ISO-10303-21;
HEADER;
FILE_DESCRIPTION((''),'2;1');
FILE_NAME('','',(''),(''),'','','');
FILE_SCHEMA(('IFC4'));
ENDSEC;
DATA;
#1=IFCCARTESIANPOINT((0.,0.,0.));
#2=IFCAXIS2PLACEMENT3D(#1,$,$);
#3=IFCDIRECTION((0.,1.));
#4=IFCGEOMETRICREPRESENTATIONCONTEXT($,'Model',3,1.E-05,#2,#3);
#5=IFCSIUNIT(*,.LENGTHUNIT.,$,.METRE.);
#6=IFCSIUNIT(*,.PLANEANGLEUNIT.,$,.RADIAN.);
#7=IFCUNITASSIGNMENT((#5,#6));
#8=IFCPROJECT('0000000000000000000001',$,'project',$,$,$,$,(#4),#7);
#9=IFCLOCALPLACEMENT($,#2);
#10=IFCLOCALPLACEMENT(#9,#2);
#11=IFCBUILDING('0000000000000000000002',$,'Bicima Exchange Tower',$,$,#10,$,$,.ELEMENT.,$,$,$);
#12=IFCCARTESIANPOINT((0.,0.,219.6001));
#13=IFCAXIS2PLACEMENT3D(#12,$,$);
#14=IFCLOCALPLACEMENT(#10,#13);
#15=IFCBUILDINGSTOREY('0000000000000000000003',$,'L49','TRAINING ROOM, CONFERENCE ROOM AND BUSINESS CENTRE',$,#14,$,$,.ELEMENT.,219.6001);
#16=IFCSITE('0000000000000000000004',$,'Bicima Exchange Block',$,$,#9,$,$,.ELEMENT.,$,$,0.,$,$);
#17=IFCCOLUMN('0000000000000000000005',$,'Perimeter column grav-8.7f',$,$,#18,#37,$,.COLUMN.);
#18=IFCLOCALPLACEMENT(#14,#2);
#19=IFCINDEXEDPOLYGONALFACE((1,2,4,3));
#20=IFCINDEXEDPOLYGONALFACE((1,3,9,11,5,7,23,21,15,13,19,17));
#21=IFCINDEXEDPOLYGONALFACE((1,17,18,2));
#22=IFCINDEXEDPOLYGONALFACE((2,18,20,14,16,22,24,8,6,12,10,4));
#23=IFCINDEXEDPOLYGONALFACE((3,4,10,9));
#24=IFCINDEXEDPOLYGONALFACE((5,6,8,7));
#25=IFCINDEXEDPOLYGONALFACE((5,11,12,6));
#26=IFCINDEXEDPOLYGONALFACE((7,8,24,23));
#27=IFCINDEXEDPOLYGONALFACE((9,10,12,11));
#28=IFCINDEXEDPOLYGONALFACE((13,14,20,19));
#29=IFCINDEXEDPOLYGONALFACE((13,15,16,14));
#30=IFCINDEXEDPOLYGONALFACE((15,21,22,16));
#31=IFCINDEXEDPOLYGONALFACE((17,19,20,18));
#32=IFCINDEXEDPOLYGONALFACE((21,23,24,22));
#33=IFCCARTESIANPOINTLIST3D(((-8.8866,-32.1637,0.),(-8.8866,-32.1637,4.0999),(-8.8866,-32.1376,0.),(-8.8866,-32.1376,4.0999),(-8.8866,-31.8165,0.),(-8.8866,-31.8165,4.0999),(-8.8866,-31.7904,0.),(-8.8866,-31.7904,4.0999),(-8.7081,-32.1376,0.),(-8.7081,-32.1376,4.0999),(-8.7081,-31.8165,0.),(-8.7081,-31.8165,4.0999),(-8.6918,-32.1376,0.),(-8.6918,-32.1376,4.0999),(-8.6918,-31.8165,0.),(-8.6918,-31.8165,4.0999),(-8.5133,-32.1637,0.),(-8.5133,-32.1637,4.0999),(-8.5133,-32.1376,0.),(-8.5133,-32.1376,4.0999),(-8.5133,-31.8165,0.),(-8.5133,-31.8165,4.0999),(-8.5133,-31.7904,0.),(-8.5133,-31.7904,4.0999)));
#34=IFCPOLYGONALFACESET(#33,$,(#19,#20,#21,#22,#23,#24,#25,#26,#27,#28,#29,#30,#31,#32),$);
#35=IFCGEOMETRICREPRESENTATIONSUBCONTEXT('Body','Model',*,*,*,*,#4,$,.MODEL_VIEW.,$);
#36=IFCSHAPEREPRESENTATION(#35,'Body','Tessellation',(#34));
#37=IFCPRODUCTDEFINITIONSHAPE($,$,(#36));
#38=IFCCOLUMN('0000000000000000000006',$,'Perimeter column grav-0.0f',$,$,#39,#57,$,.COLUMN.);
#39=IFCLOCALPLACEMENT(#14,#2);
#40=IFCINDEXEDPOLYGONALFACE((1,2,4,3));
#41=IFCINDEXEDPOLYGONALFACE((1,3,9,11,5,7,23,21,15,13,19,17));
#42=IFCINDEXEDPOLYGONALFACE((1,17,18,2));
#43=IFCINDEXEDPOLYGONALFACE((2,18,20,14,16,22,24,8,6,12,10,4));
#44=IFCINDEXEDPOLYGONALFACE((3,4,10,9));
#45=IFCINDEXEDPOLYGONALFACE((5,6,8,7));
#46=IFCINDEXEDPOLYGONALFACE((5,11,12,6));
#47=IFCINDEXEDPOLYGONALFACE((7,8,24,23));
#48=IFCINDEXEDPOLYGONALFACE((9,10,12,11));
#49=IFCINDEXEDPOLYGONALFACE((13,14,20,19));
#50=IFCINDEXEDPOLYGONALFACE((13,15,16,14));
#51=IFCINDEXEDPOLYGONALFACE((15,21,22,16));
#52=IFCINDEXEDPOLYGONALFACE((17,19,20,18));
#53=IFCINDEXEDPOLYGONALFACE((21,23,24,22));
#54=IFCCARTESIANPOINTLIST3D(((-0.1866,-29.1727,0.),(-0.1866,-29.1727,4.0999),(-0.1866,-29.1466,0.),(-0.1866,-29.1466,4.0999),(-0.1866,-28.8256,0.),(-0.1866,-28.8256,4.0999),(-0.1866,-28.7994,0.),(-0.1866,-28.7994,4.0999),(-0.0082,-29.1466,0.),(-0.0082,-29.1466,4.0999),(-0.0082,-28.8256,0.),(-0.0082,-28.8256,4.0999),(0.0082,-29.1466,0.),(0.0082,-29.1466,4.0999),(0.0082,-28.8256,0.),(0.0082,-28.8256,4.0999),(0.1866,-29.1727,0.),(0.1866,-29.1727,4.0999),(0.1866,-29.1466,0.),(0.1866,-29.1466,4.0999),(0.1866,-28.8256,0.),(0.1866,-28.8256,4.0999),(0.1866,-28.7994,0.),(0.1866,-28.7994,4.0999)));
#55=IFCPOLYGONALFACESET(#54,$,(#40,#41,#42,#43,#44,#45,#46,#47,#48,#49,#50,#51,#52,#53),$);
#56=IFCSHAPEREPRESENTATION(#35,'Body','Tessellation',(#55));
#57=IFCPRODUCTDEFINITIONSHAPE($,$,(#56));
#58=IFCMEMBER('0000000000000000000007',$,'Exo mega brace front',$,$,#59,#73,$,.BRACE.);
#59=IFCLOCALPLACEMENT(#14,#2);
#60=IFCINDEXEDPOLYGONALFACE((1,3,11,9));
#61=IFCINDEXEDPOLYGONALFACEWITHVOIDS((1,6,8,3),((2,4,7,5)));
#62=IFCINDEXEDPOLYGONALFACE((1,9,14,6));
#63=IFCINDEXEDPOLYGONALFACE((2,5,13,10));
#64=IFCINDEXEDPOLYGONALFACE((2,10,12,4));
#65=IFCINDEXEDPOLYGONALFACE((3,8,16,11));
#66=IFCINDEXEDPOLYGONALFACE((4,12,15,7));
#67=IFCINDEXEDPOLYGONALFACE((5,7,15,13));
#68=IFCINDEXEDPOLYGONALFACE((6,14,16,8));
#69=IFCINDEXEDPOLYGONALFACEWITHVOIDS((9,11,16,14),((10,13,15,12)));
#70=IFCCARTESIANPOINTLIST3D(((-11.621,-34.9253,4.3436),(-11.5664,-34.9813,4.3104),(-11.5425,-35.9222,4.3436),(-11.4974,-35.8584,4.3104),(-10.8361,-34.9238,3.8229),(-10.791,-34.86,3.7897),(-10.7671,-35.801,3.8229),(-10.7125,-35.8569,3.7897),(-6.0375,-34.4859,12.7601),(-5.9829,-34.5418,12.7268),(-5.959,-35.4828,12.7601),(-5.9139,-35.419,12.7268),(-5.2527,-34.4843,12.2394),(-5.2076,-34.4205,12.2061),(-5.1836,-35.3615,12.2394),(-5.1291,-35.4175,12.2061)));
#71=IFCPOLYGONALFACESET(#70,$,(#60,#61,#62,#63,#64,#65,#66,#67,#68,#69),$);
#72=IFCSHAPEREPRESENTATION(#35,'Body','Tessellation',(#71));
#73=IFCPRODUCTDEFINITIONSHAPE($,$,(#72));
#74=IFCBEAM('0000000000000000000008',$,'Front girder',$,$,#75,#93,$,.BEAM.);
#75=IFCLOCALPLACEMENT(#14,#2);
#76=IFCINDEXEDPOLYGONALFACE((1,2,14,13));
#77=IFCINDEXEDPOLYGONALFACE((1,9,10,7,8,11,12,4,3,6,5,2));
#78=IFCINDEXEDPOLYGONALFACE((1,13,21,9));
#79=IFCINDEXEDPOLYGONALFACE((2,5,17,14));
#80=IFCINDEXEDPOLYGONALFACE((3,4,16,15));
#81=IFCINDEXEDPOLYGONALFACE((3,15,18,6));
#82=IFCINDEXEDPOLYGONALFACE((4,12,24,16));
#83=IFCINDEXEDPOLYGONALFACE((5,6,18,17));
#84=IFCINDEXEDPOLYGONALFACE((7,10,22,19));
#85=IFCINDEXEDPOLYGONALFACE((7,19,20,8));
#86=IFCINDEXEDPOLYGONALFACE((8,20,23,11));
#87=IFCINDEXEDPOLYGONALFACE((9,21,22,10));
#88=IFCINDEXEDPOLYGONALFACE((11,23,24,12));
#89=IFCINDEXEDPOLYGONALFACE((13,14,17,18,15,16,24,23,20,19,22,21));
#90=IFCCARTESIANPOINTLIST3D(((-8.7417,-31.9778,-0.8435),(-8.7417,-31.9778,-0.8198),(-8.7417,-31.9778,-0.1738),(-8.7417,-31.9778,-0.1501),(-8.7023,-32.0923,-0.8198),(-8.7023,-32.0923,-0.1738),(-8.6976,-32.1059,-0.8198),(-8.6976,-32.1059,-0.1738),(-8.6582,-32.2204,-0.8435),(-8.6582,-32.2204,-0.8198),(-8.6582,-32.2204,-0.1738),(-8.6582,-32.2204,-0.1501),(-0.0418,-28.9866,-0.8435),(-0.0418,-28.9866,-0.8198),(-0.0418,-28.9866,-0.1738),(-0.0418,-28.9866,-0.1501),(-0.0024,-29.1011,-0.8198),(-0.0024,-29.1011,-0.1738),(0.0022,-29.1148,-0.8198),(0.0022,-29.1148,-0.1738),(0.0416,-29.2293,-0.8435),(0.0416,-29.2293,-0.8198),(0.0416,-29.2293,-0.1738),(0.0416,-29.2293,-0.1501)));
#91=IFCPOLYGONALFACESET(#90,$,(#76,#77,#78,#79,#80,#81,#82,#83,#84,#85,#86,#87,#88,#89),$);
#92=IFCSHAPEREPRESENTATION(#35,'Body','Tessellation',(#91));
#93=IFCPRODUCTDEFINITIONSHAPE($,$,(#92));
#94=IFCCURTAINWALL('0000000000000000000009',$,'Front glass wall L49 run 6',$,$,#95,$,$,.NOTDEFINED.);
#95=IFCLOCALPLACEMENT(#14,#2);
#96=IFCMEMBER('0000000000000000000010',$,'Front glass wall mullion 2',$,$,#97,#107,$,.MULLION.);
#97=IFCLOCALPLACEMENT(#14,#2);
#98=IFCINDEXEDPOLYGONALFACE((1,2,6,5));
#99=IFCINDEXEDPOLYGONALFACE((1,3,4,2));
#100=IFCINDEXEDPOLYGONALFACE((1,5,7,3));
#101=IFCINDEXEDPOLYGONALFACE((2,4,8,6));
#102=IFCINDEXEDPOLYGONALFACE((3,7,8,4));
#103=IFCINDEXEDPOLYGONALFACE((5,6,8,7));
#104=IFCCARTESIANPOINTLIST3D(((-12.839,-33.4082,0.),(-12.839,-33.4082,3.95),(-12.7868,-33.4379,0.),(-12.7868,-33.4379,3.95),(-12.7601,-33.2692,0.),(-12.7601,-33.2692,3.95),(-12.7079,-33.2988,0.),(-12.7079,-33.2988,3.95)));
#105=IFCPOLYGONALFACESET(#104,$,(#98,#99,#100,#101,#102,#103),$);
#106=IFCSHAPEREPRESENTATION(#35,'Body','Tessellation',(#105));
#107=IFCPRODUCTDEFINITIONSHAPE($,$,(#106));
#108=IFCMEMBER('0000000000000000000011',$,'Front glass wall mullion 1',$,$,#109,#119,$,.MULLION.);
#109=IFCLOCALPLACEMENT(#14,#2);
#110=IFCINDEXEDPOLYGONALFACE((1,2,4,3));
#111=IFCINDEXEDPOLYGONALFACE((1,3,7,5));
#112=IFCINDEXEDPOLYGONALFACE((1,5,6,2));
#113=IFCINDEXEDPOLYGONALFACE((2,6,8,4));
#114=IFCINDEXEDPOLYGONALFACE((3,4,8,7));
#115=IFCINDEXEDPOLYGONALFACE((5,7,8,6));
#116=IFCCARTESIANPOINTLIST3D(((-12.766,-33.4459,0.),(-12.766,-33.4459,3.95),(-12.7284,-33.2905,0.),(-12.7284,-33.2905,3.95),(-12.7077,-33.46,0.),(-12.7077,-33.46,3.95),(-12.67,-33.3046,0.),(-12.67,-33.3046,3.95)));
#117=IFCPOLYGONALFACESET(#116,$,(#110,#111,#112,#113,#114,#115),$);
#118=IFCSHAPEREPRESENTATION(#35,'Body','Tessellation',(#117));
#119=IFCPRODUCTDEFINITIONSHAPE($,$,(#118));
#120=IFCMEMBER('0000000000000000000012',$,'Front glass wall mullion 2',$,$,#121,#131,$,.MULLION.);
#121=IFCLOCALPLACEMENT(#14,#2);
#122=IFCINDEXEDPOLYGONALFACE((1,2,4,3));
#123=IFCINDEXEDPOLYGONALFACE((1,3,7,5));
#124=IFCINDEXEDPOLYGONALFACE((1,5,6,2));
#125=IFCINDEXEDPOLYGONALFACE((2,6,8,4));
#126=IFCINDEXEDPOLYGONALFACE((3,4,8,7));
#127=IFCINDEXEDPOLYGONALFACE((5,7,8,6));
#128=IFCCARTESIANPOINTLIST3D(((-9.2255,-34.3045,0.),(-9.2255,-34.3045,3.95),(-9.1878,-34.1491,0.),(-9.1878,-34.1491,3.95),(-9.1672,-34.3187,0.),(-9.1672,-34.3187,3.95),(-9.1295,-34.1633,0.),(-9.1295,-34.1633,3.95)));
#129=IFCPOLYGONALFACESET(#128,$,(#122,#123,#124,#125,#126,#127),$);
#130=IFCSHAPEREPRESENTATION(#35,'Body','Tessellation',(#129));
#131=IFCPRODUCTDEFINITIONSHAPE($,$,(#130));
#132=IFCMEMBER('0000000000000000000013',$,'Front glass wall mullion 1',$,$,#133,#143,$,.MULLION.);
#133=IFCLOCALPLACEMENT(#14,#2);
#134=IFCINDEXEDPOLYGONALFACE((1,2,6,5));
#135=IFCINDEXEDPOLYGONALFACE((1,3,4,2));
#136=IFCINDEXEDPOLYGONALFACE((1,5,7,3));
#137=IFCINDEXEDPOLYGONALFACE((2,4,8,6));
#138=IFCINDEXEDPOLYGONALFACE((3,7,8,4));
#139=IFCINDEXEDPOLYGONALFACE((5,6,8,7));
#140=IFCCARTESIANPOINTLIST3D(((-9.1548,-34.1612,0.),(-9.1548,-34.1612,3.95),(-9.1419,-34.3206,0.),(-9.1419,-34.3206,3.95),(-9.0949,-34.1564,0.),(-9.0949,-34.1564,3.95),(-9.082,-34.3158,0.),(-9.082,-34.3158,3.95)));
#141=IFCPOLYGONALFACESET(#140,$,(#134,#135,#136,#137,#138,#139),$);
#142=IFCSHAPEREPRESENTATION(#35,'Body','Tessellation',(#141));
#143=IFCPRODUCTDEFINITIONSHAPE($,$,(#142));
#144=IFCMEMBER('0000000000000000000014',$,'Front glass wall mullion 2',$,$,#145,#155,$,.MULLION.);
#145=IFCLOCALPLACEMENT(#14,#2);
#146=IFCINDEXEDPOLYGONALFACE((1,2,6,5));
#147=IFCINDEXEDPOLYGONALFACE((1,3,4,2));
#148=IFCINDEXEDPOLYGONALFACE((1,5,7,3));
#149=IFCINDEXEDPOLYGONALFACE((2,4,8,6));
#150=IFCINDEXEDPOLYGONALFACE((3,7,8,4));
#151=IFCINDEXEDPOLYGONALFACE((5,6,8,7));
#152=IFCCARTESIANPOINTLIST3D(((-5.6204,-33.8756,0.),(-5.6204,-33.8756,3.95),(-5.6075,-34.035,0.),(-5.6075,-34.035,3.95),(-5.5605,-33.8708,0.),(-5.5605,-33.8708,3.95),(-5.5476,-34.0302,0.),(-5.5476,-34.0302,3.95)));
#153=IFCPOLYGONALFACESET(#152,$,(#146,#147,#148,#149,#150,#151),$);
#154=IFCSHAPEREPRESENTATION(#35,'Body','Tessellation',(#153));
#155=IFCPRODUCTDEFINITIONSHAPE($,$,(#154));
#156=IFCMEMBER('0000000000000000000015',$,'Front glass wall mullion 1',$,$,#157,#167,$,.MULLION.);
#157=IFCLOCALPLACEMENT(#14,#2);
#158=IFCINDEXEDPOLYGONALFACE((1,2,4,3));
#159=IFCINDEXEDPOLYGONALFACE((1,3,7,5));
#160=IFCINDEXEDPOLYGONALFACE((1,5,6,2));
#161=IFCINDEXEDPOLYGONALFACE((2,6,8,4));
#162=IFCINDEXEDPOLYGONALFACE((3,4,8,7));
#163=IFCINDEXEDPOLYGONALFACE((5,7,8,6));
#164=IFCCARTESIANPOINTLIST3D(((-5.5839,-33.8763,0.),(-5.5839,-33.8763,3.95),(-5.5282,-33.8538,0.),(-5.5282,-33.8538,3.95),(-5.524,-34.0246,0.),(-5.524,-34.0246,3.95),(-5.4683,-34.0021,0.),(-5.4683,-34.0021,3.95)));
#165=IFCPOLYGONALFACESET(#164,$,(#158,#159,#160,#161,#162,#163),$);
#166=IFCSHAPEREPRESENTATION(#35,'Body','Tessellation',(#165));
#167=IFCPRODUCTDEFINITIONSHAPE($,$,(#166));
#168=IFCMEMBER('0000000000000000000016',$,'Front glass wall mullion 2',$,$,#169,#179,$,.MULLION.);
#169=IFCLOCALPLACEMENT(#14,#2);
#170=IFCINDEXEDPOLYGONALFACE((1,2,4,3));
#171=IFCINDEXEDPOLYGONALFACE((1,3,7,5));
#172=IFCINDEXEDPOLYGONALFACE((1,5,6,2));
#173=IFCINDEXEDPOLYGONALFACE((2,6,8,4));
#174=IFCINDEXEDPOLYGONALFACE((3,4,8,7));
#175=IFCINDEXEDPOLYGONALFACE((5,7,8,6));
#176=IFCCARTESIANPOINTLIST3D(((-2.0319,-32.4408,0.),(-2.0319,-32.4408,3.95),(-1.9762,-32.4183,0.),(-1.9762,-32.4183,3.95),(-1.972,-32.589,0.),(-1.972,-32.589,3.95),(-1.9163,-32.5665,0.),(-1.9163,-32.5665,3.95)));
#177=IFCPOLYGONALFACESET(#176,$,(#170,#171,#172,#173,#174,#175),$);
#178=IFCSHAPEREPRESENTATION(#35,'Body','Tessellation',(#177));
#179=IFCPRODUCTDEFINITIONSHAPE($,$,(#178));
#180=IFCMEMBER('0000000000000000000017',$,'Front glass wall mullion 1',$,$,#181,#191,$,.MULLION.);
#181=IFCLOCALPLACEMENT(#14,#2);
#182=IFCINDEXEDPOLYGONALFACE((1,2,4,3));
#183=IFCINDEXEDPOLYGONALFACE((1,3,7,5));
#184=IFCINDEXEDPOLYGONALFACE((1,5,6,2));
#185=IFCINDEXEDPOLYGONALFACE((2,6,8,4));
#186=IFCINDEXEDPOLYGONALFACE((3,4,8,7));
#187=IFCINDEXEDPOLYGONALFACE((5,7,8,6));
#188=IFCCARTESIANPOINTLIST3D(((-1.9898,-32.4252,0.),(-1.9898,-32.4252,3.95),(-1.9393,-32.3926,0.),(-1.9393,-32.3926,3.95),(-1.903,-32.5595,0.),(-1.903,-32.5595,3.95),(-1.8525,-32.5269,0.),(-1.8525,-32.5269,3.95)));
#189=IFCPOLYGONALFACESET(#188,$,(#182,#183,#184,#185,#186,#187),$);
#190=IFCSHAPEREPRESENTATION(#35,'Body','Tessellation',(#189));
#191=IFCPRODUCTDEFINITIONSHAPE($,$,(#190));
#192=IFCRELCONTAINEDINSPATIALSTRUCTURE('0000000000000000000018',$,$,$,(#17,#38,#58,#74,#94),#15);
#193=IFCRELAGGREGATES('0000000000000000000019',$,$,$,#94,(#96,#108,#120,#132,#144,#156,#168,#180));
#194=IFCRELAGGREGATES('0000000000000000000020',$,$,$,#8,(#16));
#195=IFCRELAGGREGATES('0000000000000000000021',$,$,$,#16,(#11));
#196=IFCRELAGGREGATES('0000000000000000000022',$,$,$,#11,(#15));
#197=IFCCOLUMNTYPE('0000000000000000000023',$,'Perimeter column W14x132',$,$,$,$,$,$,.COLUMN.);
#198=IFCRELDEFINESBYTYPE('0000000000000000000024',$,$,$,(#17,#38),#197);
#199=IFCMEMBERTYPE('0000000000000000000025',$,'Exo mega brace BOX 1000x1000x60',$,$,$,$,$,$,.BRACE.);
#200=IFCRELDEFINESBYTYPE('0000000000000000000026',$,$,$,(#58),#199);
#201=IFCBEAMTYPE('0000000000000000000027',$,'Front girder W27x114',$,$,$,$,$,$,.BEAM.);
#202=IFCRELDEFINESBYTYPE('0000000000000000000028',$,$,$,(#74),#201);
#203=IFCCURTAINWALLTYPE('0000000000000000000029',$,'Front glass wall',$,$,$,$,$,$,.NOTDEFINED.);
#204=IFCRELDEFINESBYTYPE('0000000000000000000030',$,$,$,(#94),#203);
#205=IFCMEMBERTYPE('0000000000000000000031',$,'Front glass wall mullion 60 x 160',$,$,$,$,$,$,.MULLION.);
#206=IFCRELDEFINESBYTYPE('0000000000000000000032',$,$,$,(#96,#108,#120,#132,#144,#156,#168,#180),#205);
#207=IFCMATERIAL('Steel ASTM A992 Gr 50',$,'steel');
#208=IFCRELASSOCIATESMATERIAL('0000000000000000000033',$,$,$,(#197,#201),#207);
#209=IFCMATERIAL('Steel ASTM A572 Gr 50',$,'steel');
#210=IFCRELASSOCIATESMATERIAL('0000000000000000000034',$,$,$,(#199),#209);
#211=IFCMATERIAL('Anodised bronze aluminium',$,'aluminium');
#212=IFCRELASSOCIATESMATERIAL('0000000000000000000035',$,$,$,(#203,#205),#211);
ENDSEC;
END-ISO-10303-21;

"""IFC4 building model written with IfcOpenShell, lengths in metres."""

from ifc_helpers import new_model, si_unit, direction, frame, origin, origin_2d, place, context, subcontext, project, spatial, rectangle, hollow_rectangle, i_section, extrude, material, material_profile, profile_set, type_object, element, aggregate, save


model = new_model("IFC4")

# Units and contexts
model_context = context("Model", 3, precision=1e-05, world=origin(), true_north=direction((0.0, 1.0)))
body_context = subcontext(model_context, "Body", "Model", "MODEL_VIEW")
ifc_project = project(units=[si_unit("LENGTHUNIT", "METRE"), si_unit("PLANEANGLEUNIT", "RADIAN")], contexts=[model_context])

# Site, building, storey
site_placement = place(None, origin())
site = spatial("IfcSite", under=ifc_project, at=site_placement, Name="Bicima Exchange Block", CompositionType="ELEMENT", RefElevation=0.0)
building_placement = place(site_placement, origin())
building = spatial("IfcBuilding", under=site, at=building_placement, Name="Bicima Exchange Tower", CompositionType="ELEMENT")
storey_placement = place(building_placement, frame((0.0, 0.0, 219.6001)))
storey = spatial("IfcBuildingStorey", under=building, at=storey_placement, Name="L49", Description="TRAINING ROOM, CONFERENCE ROOM AND BUSINESS CENTRE", CompositionType="ELEMENT", Elevation=219.6001)

# Columns
ifc_material_1 = material(Name="Steel ASTM A992 Gr 50", Category="steel")
ifc_material_profile_1 = material_profile(ifc_material_1, i_section(OverallWidth=0.3733, OverallDepth=0.3733, WebThickness=0.0164, FlangeThickness=0.0261, at=origin_2d()))
ifc_profile_set_1 = profile_set([ifc_material_profile_1], Name="Steel ASTM A992 Gr 50")
column_type = type_object("IfcColumnType", Name="Perimeter column W14x132", PredefinedType="COLUMN", material=ifc_profile_set_1)
for number, where, z_axis, x_axis, name in (
    (1, (-8.7, -31.9771, 0.0), (0.0, 0.0, 1.0), (1.0, 0.0, 0.0), "Perimeter column grav-8.7f"),
    (2, (0.0, -28.9861, 0.0), (0.0, 0.0, 1.0), (1.0, 0.0, 0.0), "Perimeter column grav-0.0f"),
):
    element("IfcColumn", number, at=place(storey_placement, frame(where, z_axis=z_axis, x_axis=x_axis)), inside=storey, type_object=column_type, Name=name, PredefinedType="COLUMN", context=body_context, shape_type="SweptSolid", body=[
        extrude(i_section(OverallWidth=0.3733, OverallDepth=0.3733, WebThickness=0.0164, FlangeThickness=0.0261, at=origin_2d()), origin(), (0.0, 0.0, 1.0), 4.0999),
    ])

# Member
ifc_material_2 = material(Name="Steel ASTM A572 Gr 50", Category="steel")
ifc_material_profile_2 = material_profile(ifc_material_2, hollow_rectangle(XDim=1.0, YDim=1.0, WallThickness=0.0601, at=origin_2d()))
ifc_profile_set_2 = profile_set([ifc_material_profile_2], Name="Steel ASTM A572 Gr 50")
member_type_1 = type_object("IfcMemberType", Name="Exo mega brace BOX 1000x1000x60", PredefinedType="BRACE", material=ifc_profile_set_2)
member_1_placement = place(storey_placement, frame((-11.1667, -35.3911, 4.0667), z_axis=(0.552291, 0.043468, 0.832517), x_axis=(-0.078463, 0.996917, 0.0)))
element("IfcMember", 3, at=member_1_placement, inside=storey, type_object=member_type_1, Name="Exo mega brace front", PredefinedType="BRACE", context=body_context, shape_type="SweptSolid", body=[
    extrude(hollow_rectangle(XDim=1.0, YDim=1.0, WallThickness=0.0601, at=origin_2d()), origin(), (0.0, 0.0, 1.0), 10.1096),
])

# Beam
ifc_material_profile_3 = material_profile(ifc_material_1, i_section(OverallWidth=0.2566, OverallDepth=0.6934, WebThickness=0.0144, FlangeThickness=0.0237, at=origin_2d()))
ifc_profile_set_3 = profile_set([ifc_material_profile_3], Name="Steel ASTM A992 Gr 50")
beam_type = type_object("IfcBeamType", Name="Front girder W27x114", PredefinedType="BEAM", material=ifc_profile_set_3)
beam_placement = place(storey_placement, frame((-8.7, -32.0991, -0.4968), z_axis=(0.945666, 0.325138, 0.0), x_axis=(-0.325138, 0.945666, 0.0)))
element("IfcBeam", 4, at=beam_placement, inside=storey, type_object=beam_type, Name="Front girder", PredefinedType="BEAM", context=body_context, shape_type="SweptSolid", body=[
    extrude(i_section(OverallWidth=0.2566, OverallDepth=0.6934, WebThickness=0.0144, FlangeThickness=0.0237, at=origin_2d()), origin(), (0.0, 0.0, 1.0), 9.1997),
])

# Curtain wall, members
ifc_material_3 = material(Name="Anodised bronze aluminium", Category="aluminium")
curtain_wall_type = type_object("IfcCurtainWallType", Name="Front glass wall", PredefinedType="NOTDEFINED", material=ifc_material_3)
curtain_wall_placement = place(storey_placement, origin())
curtain_wall = element("IfcCurtainWall", 5, at=curtain_wall_placement, inside=storey, type_object=curtain_wall_type, Name="Front glass wall L49 run 6", PredefinedType="NOTDEFINED")
ifc_material_profile_4 = material_profile(ifc_material_3, rectangle(XDim=0.1599, YDim=0.0601, at=origin_2d()))
ifc_profile_set_4 = profile_set([ifc_material_profile_4], Name="Anodised bronze aluminium")
member_type_2 = type_object("IfcMemberType", Name="Front glass wall mullion 60 x 160", PredefinedType="MULLION", material=ifc_profile_set_4)
member_2_placement = place(storey_placement, frame((-12.7734, -33.3535, 0.0), z_axis=(0.0, 0.0, 1.0), x_axis=(0.493395, 0.869805, 0.0)))
member_2 = element("IfcMember", 6, at=member_2_placement, type_object=member_type_2, Name="Front glass wall mullion 2", PredefinedType="MULLION", context=body_context, shape_type="SweptSolid", body=[
    extrude(rectangle(XDim=0.1599, YDim=0.0601, at=origin_2d()), origin(), (0.0, 0.0, 1.0), 3.95),
])
member_3_placement = place(storey_placement, frame((-12.718, -33.3752, 0.0), z_axis=(0.0, 0.0, 1.0), x_axis=(0.235682, 0.97183, 0.0)))
member_3 = element("IfcMember", 7, at=member_3_placement, type_object=member_type_2, Name="Front glass wall mullion 1", PredefinedType="MULLION", context=body_context, shape_type="SweptSolid", body=[
    extrude(rectangle(XDim=0.1599, YDim=0.0601, at=origin_2d()), origin(), (0.0, 0.0, 1.0), 3.95),
])
member_4_placement = place(storey_placement, frame((-9.1775, -34.2339, 0.0), z_axis=(0.0, 0.0, 1.0), x_axis=(0.235682, 0.97183, 0.0)))
member_4 = element("IfcMember", 8, at=member_4_placement, type_object=member_type_2, Name="Front glass wall mullion 2", PredefinedType="MULLION", context=body_context, shape_type="SweptSolid", body=[
    extrude(rectangle(XDim=0.1599, YDim=0.0601, at=origin_2d()), origin(), (0.0, 0.0, 1.0), 3.95),
])
member_5_placement = place(storey_placement, frame((-9.1184, -34.2385, 0.0), z_axis=(0.0, 0.0, 1.0), x_axis=(-0.080589, 0.996747, 0.0)))
member_5 = element("IfcMember", 9, at=member_5_placement, type_object=member_type_2, Name="Front glass wall mullion 1", PredefinedType="MULLION", context=body_context, shape_type="SweptSolid", body=[
    extrude(rectangle(XDim=0.1599, YDim=0.0601, at=origin_2d()), origin(), (0.0, 0.0, 1.0), 3.95),
])
member_6_placement = place(storey_placement, frame((-5.584, -33.9529, 0.0), z_axis=(0.0, 0.0, 1.0), x_axis=(-0.080589, 0.996747, 0.0)))
member_6 = element("IfcMember", 10, at=member_6_placement, type_object=member_type_2, Name="Front glass wall mullion 2", PredefinedType="MULLION", context=body_context, shape_type="SweptSolid", body=[
    extrude(rectangle(XDim=0.1599, YDim=0.0601, at=origin_2d()), origin(), (0.0, 0.0, 1.0), 3.95),
])
member_7_placement = place(storey_placement, frame((-5.5261, -33.9392, 0.0), z_axis=(0.0, 0.0, 1.0), x_axis=(-0.374705, 0.927144, 0.0)))
member_7 = element("IfcMember", 11, at=member_7_placement, type_object=member_type_2, Name="Front glass wall mullion 1", PredefinedType="MULLION", context=body_context, shape_type="SweptSolid", body=[
    extrude(rectangle(XDim=0.1599, YDim=0.0601, at=origin_2d()), origin(), (0.0, 0.0, 1.0), 3.95),
])
member_8_placement = place(storey_placement, frame((-1.9741, -32.5037, 0.0), z_axis=(0.0, 0.0, 1.0), x_axis=(-0.374705, 0.927144, 0.0)))
member_8 = element("IfcMember", 12, at=member_8_placement, type_object=member_type_2, Name="Front glass wall mullion 2", PredefinedType="MULLION", context=body_context, shape_type="SweptSolid", body=[
    extrude(rectangle(XDim=0.1599, YDim=0.0601, at=origin_2d()), origin(), (0.0, 0.0, 1.0), 3.95),
])
member_9_placement = place(storey_placement, frame((-1.9211, -32.4761, 0.0), z_axis=(0.0, 0.0, 1.0), x_axis=(-0.542897, 0.839799, 0.0)))
member_9 = element("IfcMember", 13, at=member_9_placement, type_object=member_type_2, Name="Front glass wall mullion 1", PredefinedType="MULLION", context=body_context, shape_type="SweptSolid", body=[
    extrude(rectangle(XDim=0.1599, YDim=0.0601, at=origin_2d()), origin(), (0.0, 0.0, 1.0), 3.95),
])

aggregate(curtain_wall, [member_2, member_3, member_4, member_5, member_6, member_7, member_8, member_9])

save(model, "model.ifc")
